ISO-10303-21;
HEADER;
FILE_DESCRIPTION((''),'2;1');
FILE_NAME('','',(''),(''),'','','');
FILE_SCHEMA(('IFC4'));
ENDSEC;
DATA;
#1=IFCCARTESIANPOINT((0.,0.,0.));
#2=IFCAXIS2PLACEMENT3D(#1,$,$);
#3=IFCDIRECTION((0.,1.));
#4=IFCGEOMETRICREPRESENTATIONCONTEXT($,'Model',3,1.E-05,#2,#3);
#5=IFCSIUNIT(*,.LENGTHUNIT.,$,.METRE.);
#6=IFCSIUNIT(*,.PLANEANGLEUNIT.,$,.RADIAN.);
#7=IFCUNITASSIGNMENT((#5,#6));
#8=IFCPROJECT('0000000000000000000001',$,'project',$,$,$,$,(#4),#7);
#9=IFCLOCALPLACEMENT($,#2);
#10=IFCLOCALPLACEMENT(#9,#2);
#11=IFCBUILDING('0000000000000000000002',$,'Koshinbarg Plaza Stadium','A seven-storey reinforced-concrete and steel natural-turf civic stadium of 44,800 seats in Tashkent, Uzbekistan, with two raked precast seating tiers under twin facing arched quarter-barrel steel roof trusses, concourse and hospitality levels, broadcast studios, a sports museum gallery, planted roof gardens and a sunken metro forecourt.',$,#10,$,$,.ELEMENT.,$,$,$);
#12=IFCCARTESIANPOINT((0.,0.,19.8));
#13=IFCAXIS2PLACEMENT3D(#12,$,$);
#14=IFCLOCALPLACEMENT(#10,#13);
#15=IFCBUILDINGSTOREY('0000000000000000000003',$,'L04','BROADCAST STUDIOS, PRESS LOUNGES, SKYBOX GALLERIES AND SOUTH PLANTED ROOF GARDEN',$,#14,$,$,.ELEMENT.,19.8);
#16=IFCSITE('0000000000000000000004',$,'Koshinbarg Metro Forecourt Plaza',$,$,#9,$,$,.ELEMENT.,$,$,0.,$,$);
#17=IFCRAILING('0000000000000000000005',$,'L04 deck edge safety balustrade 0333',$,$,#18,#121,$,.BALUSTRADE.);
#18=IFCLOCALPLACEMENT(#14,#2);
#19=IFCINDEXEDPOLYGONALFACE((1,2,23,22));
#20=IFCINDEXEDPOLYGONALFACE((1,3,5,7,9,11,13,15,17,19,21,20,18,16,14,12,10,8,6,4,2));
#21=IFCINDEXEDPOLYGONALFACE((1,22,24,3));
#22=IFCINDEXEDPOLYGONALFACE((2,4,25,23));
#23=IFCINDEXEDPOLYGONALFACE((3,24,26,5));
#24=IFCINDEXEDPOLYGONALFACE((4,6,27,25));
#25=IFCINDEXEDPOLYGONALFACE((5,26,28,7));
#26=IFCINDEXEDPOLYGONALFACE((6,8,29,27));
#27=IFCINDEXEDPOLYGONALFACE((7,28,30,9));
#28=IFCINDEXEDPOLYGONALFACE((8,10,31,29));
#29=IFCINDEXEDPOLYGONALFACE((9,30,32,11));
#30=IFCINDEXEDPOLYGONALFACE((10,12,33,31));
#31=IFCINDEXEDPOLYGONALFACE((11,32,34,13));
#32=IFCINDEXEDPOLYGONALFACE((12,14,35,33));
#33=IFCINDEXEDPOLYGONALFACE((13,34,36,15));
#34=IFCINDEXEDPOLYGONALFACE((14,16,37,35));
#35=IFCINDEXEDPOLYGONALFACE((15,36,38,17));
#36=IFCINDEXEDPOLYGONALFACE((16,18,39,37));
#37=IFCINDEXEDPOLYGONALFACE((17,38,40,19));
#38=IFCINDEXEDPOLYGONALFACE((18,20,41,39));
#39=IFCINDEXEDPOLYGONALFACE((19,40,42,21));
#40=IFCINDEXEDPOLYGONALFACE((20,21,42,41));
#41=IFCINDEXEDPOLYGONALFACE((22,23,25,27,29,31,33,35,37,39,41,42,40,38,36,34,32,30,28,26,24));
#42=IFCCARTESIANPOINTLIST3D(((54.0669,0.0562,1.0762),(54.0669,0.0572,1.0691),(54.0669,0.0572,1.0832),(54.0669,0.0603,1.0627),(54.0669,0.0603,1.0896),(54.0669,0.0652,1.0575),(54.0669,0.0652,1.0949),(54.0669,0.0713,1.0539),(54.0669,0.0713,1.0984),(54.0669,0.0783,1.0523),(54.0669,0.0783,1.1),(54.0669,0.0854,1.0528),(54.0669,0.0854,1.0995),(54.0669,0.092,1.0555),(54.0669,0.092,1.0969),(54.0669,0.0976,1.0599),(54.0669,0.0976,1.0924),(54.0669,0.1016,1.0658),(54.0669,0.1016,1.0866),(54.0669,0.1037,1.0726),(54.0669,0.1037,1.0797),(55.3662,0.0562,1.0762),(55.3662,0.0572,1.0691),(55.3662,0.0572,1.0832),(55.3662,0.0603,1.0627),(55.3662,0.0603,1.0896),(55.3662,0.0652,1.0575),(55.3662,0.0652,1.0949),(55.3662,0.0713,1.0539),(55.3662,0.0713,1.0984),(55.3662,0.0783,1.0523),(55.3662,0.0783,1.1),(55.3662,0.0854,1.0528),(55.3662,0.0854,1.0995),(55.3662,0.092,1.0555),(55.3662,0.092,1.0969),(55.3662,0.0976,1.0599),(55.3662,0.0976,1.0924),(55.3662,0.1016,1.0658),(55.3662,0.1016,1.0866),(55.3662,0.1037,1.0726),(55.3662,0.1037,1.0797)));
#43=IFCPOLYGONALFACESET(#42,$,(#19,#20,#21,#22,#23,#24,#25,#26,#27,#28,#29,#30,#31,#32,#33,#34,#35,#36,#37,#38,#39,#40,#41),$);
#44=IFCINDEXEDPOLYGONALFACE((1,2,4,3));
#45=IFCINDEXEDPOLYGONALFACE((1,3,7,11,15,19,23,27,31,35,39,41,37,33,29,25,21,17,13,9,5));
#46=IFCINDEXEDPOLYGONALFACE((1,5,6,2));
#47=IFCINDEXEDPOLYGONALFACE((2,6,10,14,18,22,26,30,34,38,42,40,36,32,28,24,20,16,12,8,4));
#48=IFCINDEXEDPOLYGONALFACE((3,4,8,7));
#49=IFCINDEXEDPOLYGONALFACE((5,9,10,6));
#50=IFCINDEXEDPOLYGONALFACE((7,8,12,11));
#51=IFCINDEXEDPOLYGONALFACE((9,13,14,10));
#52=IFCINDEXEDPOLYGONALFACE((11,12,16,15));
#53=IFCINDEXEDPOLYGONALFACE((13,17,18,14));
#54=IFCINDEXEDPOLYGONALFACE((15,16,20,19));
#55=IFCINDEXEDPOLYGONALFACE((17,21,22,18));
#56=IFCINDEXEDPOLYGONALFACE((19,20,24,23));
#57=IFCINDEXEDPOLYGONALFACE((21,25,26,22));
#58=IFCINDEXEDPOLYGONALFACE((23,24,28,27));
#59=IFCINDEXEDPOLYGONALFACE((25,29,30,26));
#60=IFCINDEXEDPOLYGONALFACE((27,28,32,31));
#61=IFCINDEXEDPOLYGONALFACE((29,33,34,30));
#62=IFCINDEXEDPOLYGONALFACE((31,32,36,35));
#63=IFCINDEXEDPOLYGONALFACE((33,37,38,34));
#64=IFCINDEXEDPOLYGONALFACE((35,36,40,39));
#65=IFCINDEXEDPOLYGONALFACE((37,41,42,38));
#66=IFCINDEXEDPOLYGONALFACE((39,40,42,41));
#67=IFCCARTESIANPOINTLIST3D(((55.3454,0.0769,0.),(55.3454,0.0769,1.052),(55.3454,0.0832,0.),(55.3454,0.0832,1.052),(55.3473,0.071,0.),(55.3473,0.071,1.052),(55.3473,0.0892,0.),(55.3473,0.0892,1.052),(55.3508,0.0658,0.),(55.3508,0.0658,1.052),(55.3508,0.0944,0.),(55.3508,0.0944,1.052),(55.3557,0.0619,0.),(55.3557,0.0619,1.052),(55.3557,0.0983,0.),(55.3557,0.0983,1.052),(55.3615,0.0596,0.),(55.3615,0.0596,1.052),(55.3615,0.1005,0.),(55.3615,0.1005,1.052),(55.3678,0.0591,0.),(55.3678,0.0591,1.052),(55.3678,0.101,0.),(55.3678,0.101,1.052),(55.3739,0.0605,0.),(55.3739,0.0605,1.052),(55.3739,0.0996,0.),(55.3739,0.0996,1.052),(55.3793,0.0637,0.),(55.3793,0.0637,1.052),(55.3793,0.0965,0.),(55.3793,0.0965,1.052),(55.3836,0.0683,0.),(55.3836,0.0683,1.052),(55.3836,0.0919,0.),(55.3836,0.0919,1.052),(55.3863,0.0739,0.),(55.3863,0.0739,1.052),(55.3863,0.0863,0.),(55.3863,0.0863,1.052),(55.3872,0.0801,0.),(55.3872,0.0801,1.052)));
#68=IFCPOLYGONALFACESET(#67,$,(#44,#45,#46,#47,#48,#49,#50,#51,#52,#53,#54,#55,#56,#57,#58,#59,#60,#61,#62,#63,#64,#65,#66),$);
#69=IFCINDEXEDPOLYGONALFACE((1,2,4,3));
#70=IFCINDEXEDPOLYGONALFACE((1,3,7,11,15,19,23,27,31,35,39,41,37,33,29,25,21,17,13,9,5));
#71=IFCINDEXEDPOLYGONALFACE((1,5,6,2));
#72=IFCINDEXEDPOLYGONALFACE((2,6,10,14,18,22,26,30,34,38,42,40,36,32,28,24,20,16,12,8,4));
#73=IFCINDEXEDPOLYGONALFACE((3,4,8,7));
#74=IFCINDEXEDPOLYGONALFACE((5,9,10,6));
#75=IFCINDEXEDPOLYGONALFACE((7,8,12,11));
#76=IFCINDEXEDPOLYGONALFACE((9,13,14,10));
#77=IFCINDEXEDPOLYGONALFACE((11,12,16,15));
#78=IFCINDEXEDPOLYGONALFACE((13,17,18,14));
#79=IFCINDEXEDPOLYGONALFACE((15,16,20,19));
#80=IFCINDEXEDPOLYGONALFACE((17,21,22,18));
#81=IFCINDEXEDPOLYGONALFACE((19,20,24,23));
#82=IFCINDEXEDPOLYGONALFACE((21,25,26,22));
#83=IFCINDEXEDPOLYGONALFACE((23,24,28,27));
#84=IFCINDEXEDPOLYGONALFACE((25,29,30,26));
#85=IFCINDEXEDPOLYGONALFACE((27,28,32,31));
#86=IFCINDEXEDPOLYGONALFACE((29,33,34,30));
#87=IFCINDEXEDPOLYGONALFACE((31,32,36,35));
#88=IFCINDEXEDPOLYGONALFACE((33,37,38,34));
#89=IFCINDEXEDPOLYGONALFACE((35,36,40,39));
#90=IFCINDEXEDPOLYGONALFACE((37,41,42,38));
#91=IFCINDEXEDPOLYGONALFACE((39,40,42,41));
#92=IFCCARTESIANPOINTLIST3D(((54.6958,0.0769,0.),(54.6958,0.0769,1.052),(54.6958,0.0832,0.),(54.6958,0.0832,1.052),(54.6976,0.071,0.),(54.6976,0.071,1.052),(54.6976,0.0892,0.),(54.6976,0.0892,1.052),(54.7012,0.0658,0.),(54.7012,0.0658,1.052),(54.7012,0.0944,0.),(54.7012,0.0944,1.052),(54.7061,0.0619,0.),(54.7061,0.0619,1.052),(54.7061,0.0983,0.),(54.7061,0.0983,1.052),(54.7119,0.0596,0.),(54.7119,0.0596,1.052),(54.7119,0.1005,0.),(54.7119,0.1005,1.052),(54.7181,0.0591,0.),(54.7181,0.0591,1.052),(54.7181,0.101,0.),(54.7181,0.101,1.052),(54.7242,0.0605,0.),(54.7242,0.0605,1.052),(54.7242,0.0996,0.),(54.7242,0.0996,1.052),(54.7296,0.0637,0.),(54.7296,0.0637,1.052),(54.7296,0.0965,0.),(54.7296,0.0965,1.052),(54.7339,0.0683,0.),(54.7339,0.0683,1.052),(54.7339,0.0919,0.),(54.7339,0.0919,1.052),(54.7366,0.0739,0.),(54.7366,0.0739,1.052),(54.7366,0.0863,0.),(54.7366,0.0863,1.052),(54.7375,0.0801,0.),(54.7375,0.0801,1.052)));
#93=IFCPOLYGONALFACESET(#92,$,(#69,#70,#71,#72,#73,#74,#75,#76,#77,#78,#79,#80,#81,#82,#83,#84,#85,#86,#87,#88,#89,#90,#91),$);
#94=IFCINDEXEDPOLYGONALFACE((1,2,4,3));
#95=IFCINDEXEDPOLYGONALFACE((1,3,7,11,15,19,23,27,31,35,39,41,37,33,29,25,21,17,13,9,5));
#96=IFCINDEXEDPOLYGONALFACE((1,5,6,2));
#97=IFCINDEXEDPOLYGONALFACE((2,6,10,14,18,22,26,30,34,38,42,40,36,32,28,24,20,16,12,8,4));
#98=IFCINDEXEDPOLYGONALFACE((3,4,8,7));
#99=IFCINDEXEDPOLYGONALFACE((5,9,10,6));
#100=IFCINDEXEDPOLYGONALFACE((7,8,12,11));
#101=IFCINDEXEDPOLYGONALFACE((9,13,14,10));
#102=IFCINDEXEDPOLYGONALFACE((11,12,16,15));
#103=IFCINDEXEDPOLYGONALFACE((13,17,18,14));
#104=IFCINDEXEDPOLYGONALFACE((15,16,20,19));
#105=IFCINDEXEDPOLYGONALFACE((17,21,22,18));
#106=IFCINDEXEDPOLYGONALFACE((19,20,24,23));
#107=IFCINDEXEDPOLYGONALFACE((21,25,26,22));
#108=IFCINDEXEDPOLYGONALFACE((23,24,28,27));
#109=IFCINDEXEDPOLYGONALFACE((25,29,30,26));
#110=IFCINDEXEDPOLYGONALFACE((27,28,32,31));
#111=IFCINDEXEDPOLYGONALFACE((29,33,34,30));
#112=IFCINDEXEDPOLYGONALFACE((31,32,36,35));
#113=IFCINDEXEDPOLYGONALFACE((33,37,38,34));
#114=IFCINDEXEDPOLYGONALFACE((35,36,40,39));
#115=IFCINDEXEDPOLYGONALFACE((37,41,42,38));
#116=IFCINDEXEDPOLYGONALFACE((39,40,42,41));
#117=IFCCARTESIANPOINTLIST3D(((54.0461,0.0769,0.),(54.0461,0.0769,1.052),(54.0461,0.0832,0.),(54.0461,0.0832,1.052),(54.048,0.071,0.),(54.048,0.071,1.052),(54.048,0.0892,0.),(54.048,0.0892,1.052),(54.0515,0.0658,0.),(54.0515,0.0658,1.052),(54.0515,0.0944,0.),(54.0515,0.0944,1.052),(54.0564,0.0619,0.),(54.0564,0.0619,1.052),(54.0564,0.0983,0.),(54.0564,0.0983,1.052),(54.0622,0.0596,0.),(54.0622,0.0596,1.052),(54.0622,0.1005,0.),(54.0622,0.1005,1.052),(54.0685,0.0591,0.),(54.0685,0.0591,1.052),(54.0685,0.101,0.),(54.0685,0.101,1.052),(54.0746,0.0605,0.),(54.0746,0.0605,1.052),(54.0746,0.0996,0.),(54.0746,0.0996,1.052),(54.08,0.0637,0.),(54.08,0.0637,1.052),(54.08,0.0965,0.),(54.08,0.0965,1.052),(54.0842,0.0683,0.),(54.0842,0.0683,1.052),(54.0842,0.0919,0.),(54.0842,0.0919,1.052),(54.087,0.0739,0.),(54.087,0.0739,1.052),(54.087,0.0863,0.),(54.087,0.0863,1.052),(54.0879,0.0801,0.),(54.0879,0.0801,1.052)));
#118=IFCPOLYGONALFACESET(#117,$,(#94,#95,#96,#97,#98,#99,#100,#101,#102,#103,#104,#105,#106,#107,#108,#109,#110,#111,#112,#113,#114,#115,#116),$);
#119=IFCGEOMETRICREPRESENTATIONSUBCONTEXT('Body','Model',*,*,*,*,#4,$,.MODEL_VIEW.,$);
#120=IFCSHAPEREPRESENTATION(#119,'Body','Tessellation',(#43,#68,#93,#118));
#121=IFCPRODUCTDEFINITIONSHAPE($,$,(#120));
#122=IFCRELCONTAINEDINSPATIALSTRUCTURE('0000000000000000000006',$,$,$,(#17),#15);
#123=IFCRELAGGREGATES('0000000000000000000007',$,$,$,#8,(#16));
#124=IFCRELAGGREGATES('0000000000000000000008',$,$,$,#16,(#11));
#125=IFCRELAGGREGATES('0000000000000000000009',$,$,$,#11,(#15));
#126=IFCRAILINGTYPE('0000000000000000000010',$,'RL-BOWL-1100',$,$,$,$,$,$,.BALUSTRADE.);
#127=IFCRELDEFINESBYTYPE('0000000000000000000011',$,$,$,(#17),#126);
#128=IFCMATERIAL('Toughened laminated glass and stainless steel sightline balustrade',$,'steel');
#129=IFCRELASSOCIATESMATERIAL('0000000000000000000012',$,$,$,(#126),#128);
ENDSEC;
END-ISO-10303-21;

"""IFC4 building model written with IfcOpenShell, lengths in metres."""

from ifc_helpers import new_model, si_unit, direction, frame, origin, origin_2d, place, context, subcontext, project, spatial, circle, extrude, material, type_object, element, save


model = new_model("IFC4")

# Units and contexts
model_context = context("Model", 3, precision=1e-05, world=origin(), true_north=direction((0.0, 1.0)))
body_context = subcontext(model_context, "Body", "Model", "MODEL_VIEW")
ifc_project = project(units=[si_unit("LENGTHUNIT", "METRE"), si_unit("PLANEANGLEUNIT", "RADIAN")], contexts=[model_context])

# Site, building, storey
site_placement = place(None, origin())
site = spatial("IfcSite", under=ifc_project, at=site_placement, Name="Koshinbarg Metro Forecourt Plaza", CompositionType="ELEMENT", RefElevation=0.0)
building_placement = place(site_placement, origin())
building = spatial("IfcBuilding", under=site, at=building_placement, Name="Koshinbarg Plaza Stadium", Description="A seven-storey reinforced-concrete and steel natural-turf civic stadium of 44,800 seats in Tashkent, Uzbekistan, with two raked precast seating tiers under twin facing arched quarter-barrel steel roof trusses, concourse and hospitality levels, broadcast studios, a sports museum gallery, planted roof gardens and a sunken metro forecourt.", CompositionType="ELEMENT")
storey_placement = place(building_placement, frame((0.0, 0.0, 19.8)))
storey = spatial("IfcBuildingStorey", under=building, at=storey_placement, Name="L04", Description="BROADCAST STUDIOS, PRESS LOUNGES, SKYBOX GALLERIES AND SOUTH PLANTED ROOF GARDEN", CompositionType="ELEMENT", Elevation=19.8)

# Railing
ifc_material_1 = material(Name="Toughened laminated glass and stainless steel sightline balustrade", Category="steel")
railing_type = type_object("IfcRailingType", Name="RL-BOWL-1100", PredefinedType="BALUSTRADE", material=ifc_material_1)
railing_1_placement = place(storey_placement, frame((55.3662, 0.0801, 0.0)))
element("IfcRailing", 1, at=railing_1_placement, inside=storey, type_object=railing_type, Name="L04 deck edge safety balustrade 0333", PredefinedType="BALUSTRADE", context=body_context, shape_type="SweptSolid", body=[
    extrude(circle(Radius=0.0239, at=origin_2d()), frame((0.0, 0.0, 1.0762), z_axis=(-1.0, 0.0, 0.0), x_axis=(0.0, -1.0, 0.0)), (0.0, 0.0, 1.0), 1.2993),
    extrude(circle(Radius=0.021, at=origin_2d()), origin(), (0.0, 0.0, 1.0), 1.052),
    extrude(circle(Radius=0.021, at=origin_2d()), frame((-0.6497, 0.0, 0.0)), (0.0, 0.0, 1.0), 1.052),
    extrude(circle(Radius=0.021, at=origin_2d()), frame((-1.2993, 0.0, 0.0)), (0.0, 0.0, 1.0), 1.052),
])

save(model, "model.ifc")
